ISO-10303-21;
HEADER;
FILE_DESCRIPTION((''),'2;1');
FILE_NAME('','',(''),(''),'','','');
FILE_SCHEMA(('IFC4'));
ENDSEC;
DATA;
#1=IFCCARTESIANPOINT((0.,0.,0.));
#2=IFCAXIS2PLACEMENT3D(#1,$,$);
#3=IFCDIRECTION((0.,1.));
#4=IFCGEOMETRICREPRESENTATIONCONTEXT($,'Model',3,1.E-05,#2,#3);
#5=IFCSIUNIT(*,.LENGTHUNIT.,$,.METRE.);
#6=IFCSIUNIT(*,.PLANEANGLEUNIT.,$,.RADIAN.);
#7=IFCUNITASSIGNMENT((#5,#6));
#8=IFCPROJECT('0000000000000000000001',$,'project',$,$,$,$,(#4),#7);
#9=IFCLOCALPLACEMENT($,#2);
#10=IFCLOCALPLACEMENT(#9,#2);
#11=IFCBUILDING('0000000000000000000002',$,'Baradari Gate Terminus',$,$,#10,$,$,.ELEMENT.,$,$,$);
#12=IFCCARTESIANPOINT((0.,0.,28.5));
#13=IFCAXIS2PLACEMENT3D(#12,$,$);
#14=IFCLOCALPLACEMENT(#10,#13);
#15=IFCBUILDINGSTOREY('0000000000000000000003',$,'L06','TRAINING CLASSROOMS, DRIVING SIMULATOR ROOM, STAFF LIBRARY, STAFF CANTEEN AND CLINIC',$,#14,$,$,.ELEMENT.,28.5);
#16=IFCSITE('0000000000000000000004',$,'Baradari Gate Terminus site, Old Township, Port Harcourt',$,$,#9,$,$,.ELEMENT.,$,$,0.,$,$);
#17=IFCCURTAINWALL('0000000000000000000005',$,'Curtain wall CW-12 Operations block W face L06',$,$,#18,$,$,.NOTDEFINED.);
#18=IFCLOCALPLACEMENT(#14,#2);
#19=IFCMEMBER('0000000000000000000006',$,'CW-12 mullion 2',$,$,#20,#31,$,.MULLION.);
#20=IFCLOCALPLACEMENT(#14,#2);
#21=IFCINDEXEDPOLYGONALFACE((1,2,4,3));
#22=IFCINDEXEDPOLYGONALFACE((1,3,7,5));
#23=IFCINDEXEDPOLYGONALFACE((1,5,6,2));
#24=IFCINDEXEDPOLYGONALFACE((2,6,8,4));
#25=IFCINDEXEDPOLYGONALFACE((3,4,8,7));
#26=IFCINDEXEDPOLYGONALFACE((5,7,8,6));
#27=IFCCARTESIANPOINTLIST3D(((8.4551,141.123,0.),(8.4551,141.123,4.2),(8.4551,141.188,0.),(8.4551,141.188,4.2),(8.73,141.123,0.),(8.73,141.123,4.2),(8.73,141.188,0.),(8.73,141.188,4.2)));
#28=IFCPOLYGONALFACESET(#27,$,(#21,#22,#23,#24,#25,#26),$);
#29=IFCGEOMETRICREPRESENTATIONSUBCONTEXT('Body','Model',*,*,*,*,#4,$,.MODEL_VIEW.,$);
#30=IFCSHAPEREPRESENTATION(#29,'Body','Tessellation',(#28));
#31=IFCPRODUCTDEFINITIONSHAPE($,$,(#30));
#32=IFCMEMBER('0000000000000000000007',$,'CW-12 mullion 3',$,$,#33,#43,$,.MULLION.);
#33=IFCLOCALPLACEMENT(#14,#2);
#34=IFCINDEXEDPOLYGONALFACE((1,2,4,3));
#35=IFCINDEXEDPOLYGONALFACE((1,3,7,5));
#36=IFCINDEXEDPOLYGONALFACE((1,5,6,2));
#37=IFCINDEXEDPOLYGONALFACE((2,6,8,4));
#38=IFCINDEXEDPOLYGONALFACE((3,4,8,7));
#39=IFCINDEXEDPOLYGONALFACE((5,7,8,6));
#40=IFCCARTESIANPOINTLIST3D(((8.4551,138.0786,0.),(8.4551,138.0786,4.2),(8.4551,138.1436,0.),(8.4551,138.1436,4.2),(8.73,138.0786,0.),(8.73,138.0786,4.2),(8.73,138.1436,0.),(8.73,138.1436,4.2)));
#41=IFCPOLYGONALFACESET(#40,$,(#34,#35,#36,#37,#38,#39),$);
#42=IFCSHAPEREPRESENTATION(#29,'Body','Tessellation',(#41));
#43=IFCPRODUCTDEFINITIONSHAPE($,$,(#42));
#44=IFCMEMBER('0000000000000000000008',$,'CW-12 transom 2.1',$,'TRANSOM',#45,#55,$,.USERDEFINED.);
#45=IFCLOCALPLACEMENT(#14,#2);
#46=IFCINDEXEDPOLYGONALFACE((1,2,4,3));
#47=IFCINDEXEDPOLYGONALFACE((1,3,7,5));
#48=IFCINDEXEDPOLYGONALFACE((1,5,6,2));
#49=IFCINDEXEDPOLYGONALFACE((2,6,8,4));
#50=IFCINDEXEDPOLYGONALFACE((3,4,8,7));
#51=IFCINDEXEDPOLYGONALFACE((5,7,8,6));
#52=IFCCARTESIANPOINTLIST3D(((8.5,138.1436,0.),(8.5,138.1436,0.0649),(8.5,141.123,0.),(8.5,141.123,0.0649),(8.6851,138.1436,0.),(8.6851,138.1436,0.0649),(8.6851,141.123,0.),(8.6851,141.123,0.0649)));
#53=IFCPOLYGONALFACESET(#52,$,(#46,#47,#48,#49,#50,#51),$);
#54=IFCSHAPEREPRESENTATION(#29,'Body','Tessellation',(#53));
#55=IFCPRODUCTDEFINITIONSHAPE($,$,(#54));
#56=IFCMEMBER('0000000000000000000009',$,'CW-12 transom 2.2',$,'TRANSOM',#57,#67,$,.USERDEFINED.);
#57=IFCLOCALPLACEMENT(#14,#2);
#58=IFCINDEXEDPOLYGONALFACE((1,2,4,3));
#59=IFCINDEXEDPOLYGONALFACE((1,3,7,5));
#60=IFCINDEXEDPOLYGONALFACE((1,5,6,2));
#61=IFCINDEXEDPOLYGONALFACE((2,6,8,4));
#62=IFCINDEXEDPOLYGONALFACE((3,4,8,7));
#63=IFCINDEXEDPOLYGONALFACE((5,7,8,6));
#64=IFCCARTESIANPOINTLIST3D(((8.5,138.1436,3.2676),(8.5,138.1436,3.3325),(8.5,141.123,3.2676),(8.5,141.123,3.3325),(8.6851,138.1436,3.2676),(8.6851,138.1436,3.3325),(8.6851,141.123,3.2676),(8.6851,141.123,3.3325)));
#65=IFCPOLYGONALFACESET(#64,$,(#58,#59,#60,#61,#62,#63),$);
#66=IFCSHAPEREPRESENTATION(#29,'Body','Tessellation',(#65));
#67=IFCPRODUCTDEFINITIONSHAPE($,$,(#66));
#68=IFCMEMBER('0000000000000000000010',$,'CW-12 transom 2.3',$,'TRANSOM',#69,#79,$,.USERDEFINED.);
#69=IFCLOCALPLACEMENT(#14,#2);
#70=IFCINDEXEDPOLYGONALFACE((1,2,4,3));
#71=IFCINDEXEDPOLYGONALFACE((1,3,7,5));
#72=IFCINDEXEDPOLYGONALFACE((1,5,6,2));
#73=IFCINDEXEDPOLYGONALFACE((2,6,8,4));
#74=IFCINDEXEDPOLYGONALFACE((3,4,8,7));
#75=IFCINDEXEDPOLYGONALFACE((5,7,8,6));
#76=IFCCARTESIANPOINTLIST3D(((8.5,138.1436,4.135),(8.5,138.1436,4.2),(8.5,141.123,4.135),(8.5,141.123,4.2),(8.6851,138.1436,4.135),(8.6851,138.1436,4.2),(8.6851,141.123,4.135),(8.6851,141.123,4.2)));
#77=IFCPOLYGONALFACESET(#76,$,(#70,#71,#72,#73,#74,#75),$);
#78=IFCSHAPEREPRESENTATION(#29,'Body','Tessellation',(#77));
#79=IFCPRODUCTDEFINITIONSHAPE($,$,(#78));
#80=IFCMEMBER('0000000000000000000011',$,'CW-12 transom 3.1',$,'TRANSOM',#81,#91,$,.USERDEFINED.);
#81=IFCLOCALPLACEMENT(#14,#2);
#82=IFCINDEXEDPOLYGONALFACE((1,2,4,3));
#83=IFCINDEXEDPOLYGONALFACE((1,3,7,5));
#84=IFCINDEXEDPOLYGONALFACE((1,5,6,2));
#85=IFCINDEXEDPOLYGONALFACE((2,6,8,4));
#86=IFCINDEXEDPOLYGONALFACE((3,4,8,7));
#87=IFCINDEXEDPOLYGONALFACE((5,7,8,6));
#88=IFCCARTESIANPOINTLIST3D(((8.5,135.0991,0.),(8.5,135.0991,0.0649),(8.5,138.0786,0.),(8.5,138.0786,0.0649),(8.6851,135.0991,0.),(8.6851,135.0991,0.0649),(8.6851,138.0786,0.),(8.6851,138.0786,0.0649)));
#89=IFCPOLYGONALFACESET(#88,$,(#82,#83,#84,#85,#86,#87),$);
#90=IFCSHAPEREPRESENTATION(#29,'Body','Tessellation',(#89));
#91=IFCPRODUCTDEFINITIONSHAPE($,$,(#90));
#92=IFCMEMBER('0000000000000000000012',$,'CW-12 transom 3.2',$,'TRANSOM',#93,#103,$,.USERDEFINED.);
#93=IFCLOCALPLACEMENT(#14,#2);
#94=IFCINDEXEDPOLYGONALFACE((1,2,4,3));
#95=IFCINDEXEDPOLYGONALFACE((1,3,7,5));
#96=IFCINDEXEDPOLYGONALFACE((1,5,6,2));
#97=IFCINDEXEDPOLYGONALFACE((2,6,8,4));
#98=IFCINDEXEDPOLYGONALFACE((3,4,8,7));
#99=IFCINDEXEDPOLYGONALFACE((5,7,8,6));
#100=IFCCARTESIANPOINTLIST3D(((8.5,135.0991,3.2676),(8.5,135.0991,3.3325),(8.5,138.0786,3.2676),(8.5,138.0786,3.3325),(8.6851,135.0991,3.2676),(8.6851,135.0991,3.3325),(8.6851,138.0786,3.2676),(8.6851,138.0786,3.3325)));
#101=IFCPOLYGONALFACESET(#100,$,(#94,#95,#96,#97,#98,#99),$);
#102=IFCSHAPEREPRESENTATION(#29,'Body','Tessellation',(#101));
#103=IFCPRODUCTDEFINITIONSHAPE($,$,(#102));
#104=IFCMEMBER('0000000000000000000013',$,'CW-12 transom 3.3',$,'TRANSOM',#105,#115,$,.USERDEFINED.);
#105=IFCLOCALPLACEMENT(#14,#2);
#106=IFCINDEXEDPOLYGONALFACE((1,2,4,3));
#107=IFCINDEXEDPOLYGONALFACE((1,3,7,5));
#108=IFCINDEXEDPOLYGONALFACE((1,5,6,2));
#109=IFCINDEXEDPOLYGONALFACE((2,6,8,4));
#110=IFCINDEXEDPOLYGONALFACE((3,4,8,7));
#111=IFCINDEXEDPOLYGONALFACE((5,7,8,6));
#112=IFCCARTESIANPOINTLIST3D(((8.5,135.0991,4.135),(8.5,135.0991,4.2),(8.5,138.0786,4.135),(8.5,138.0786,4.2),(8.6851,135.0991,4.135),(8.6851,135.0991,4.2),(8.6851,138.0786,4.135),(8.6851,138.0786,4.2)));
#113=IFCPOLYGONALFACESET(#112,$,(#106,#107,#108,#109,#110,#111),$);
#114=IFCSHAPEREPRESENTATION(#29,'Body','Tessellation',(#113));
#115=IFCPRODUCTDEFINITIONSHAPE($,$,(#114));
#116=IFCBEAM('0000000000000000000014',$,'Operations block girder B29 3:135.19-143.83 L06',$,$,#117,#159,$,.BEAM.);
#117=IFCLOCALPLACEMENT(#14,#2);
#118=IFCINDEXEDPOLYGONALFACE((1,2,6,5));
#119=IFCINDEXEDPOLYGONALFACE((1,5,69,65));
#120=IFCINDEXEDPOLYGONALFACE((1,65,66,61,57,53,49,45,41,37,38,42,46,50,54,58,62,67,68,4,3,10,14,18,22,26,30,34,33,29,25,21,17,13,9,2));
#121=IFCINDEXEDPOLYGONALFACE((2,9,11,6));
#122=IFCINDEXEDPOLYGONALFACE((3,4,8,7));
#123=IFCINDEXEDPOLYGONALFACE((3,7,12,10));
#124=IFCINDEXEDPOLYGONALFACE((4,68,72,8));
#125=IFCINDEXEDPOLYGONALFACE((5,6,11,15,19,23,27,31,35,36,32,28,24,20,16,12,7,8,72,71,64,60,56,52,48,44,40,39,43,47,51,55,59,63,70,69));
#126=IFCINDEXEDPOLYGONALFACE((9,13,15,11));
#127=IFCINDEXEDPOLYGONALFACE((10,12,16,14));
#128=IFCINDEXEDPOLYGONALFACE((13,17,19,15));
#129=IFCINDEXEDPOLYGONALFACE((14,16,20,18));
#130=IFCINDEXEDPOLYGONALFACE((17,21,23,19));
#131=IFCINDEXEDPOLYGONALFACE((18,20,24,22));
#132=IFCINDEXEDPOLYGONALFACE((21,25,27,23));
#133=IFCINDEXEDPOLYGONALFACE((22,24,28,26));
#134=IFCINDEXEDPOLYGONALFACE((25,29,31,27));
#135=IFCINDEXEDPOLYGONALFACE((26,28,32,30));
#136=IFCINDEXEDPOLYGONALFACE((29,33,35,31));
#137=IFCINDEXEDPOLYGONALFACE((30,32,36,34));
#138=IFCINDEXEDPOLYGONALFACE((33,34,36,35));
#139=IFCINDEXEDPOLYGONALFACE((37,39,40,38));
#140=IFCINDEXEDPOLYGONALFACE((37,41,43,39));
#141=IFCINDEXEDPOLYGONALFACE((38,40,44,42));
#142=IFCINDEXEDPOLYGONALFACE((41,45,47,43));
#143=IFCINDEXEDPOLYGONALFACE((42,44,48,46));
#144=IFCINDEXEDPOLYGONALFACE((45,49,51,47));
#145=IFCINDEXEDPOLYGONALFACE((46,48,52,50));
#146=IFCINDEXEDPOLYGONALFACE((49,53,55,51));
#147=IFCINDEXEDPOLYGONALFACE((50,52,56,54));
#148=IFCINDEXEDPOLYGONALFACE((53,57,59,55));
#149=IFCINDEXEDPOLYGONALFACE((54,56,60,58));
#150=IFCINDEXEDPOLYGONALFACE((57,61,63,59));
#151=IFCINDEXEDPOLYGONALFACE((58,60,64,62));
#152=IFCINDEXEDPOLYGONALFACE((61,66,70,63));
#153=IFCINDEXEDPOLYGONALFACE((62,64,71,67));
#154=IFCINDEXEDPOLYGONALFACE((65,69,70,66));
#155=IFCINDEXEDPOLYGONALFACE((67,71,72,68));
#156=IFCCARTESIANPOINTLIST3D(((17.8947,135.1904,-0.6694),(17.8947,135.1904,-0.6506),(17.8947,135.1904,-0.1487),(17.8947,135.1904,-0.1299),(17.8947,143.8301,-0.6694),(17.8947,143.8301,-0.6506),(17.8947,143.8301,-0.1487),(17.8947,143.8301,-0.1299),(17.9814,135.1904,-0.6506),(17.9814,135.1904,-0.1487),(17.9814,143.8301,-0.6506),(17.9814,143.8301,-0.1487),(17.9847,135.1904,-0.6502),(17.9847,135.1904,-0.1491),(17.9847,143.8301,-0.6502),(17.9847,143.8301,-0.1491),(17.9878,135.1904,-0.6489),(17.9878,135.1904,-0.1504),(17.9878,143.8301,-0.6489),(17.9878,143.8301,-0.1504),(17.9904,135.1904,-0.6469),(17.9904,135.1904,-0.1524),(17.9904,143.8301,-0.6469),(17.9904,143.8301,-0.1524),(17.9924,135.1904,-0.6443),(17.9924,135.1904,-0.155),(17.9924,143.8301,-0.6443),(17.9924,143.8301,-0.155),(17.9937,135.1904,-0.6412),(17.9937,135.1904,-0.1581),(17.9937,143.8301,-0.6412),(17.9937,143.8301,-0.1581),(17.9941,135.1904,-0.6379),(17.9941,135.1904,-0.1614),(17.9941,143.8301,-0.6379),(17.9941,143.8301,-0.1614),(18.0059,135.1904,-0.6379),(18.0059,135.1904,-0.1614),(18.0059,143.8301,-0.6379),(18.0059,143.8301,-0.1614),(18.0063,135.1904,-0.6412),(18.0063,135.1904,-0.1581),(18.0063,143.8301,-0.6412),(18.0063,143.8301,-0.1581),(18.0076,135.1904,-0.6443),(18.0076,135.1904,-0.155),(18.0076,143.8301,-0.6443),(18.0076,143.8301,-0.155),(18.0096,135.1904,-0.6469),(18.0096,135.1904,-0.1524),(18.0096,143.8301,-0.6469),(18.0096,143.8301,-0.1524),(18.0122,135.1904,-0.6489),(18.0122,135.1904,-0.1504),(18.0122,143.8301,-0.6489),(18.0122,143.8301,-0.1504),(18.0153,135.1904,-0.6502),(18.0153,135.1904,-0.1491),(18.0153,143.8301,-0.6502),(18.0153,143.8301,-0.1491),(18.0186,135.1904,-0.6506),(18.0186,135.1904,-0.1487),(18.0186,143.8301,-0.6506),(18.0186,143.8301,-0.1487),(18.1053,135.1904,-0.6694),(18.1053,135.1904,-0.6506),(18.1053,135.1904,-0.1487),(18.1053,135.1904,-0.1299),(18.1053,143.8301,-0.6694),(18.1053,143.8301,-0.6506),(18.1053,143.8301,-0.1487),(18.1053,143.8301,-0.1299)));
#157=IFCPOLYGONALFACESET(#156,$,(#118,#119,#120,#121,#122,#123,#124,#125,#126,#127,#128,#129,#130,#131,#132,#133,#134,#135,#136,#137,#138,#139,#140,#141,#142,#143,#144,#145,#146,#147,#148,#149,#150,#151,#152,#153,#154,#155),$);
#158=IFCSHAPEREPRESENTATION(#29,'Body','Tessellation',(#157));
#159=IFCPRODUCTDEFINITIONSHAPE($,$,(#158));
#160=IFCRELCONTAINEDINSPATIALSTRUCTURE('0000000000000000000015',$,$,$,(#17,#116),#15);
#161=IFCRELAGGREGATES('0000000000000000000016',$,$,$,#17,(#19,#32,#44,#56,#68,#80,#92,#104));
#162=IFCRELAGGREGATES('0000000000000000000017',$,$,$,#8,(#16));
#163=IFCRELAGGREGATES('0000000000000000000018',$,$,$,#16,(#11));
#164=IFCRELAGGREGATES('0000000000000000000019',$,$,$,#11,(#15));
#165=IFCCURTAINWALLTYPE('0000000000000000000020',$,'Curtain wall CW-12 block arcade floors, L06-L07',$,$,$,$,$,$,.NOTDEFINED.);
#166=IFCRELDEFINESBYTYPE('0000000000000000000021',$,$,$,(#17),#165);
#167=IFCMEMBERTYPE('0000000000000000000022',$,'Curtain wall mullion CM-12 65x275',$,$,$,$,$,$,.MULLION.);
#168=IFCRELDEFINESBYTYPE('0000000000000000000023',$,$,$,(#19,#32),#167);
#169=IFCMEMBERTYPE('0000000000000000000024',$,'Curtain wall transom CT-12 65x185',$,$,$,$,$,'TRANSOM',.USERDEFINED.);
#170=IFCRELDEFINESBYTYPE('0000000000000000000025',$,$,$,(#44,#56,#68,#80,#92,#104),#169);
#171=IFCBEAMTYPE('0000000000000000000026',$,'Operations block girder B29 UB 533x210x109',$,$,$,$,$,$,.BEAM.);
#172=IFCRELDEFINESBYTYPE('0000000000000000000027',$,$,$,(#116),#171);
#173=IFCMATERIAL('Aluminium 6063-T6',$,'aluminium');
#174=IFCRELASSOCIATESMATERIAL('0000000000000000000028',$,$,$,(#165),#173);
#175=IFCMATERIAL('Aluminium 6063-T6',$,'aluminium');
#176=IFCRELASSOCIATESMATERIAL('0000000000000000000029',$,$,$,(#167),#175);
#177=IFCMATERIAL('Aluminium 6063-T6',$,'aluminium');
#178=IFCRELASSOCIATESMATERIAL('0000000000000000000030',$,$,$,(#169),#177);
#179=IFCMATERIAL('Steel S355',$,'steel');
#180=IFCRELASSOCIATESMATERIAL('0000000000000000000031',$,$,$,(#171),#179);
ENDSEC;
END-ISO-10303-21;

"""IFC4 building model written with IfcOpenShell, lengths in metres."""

from ifc_helpers import new_model, si_unit, direction, frame, origin, origin_2d, place, context, subcontext, project, spatial, rectangle, i_section, extrude, material, material_profile, profile_set, type_object, element, aggregate, save


model = new_model("IFC4")

# Units and contexts
model_context = context("Model", 3, precision=1e-05, world=origin(), true_north=direction((0.0, 1.0)))
body_context = subcontext(model_context, "Body", "Model", "MODEL_VIEW")
ifc_project = project(units=[si_unit("LENGTHUNIT", "METRE"), si_unit("PLANEANGLEUNIT", "RADIAN")], contexts=[model_context])

# Site, building, storey
site_placement = place(None, origin())
site = spatial("IfcSite", under=ifc_project, at=site_placement, Name="Baradari Gate Terminus site, Old Township, Port Harcourt", CompositionType="ELEMENT", RefElevation=0.0)
building_placement = place(site_placement, origin())
building = spatial("IfcBuilding", under=site, at=building_placement, Name="Baradari Gate Terminus", CompositionType="ELEMENT")
storey_placement = place(building_placement, frame((0.0, 0.0, 28.5)))
storey = spatial("IfcBuildingStorey", under=building, at=storey_placement, Name="L06", Description="TRAINING CLASSROOMS, DRIVING SIMULATOR ROOM, STAFF LIBRARY, STAFF CANTEEN AND CLINIC", CompositionType="ELEMENT", Elevation=28.5)

# Curtain wall, members
ifc_material_1 = material(Name="Aluminium 6063-T6", Category="aluminium")
curtain_wall_type = type_object("IfcCurtainWallType", Name="Curtain wall CW-12 block arcade floors, L06-L07", PredefinedType="NOTDEFINED", material=ifc_material_1)
curtain_wall_placement = place(storey_placement, origin())
curtain_wall = element("IfcCurtainWall", 1, at=curtain_wall_placement, inside=storey, type_object=curtain_wall_type, Name="Curtain wall CW-12 Operations block W face L06", PredefinedType="NOTDEFINED")
ifc_material_2 = material(Name="Aluminium 6063-T6", Category="aluminium")
ifc_material_profile_1 = material_profile(ifc_material_2, rectangle(XDim=0.2749, YDim=0.0649, at=origin_2d()), Name="CM-12 65X275")
ifc_profile_set_1 = profile_set([ifc_material_profile_1], Name="Aluminium 6063-T6")
member_type_1 = type_object("IfcMemberType", Name="Curtain wall mullion CM-12 65x275", PredefinedType="MULLION", material=ifc_profile_set_1)
member_1_placement = place(storey_placement, frame((8.5925, 141.1555, 0.0), z_axis=(0.0, 0.0, 1.0), x_axis=(1.0, 0.0, 0.0)))
member_1 = element("IfcMember", 2, at=member_1_placement, type_object=member_type_1, Name="CW-12 mullion 2", PredefinedType="MULLION", context=body_context, shape_type="SweptSolid", body=[
    extrude(rectangle(XDim=0.2749, YDim=0.0649, at=origin_2d()), origin(), (0.0, 0.0, 1.0), 4.2),
])
member_2_placement = place(storey_placement, frame((8.5925, 138.1111, 0.0), z_axis=(0.0, 0.0, 1.0), x_axis=(1.0, 0.0, 0.0)))
member_2 = element("IfcMember", 3, at=member_2_placement, type_object=member_type_1, Name="CW-12 mullion 3", PredefinedType="MULLION", context=body_context, shape_type="SweptSolid", body=[
    extrude(rectangle(XDim=0.2749, YDim=0.0649, at=origin_2d()), origin(), (0.0, 0.0, 1.0), 4.2),
])
ifc_material_3 = material(Name="Aluminium 6063-T6", Category="aluminium")
ifc_material_profile_2 = material_profile(ifc_material_3, rectangle(XDim=0.1851, YDim=0.0649, at=origin_2d()), Name="CT-12 65X185")
ifc_profile_set_2 = profile_set([ifc_material_profile_2], Name="Aluminium 6063-T6")
member_type_2 = type_object("IfcMemberType", Name="Curtain wall transom CT-12 65x185", ElementType="TRANSOM", PredefinedType="USERDEFINED", material=ifc_profile_set_2)
member_3_placement = place(storey_placement, frame((8.5925, 141.123, 0.0325), z_axis=(0.0, -1.0, 0.0), x_axis=(1.0, 0.0, 0.0)))
member_3 = element("IfcMember", 4, at=member_3_placement, type_object=member_type_2, Name="CW-12 transom 2.1", ObjectType="TRANSOM", PredefinedType="USERDEFINED", context=body_context, shape_type="SweptSolid", body=[
    extrude(rectangle(XDim=0.1851, YDim=0.0649, at=origin_2d()), origin(), (0.0, 0.0, 1.0), 2.9795),
])
member_4_placement = place(storey_placement, frame((8.5925, 141.123, 3.3), z_axis=(0.0, -1.0, 0.0), x_axis=(1.0, 0.0, 0.0)))
member_4 = element("IfcMember", 5, at=member_4_placement, type_object=member_type_2, Name="CW-12 transom 2.2", ObjectType="TRANSOM", PredefinedType="USERDEFINED", context=body_context, shape_type="SweptSolid", body=[
    extrude(rectangle(XDim=0.1851, YDim=0.0649, at=origin_2d()), origin(), (0.0, 0.0, 1.0), 2.9795),
])
member_5_placement = place(storey_placement, frame((8.5925, 141.123, 4.1675), z_axis=(0.0, -1.0, 0.0), x_axis=(1.0, 0.0, 0.0)))
member_5 = element("IfcMember", 6, at=member_5_placement, type_object=member_type_2, Name="CW-12 transom 2.3", ObjectType="TRANSOM", PredefinedType="USERDEFINED", context=body_context, shape_type="SweptSolid", body=[
    extrude(rectangle(XDim=0.1851, YDim=0.0649, at=origin_2d()), origin(), (0.0, 0.0, 1.0), 2.9795),
])
member_6_placement = place(storey_placement, frame((8.5925, 138.0786, 0.0325), z_axis=(0.0, -1.0, 0.0), x_axis=(1.0, 0.0, 0.0)))
member_6 = element("IfcMember", 7, at=member_6_placement, type_object=member_type_2, Name="CW-12 transom 3.1", ObjectType="TRANSOM", PredefinedType="USERDEFINED", context=body_context, shape_type="SweptSolid", body=[
    extrude(rectangle(XDim=0.1851, YDim=0.0649, at=origin_2d()), origin(), (0.0, 0.0, 1.0), 2.9795),
])
member_7_placement = place(storey_placement, frame((8.5925, 138.0786, 3.3), z_axis=(0.0, -1.0, 0.0), x_axis=(1.0, 0.0, 0.0)))
member_7 = element("IfcMember", 8, at=member_7_placement, type_object=member_type_2, Name="CW-12 transom 3.2", ObjectType="TRANSOM", PredefinedType="USERDEFINED", context=body_context, shape_type="SweptSolid", body=[
    extrude(rectangle(XDim=0.1851, YDim=0.0649, at=origin_2d()), origin(), (0.0, 0.0, 1.0), 2.9795),
])
member_8_placement = place(storey_placement, frame((8.5925, 138.0786, 4.1675), z_axis=(0.0, -1.0, 0.0), x_axis=(1.0, 0.0, 0.0)))
member_8 = element("IfcMember", 9, at=member_8_placement, type_object=member_type_2, Name="CW-12 transom 3.3", ObjectType="TRANSOM", PredefinedType="USERDEFINED", context=body_context, shape_type="SweptSolid", body=[
    extrude(rectangle(XDim=0.1851, YDim=0.0649, at=origin_2d()), origin(), (0.0, 0.0, 1.0), 2.9795),
])

# Beam
ifc_material_4 = material(Name="Steel S355", Category="steel")
ifc_material_profile_3 = material_profile(ifc_material_4, i_section(OverallWidth=0.2107, OverallDepth=0.5396, WebThickness=0.0117, FlangeThickness=0.0188, FilletRadius=0.0127, at=origin_2d()), Name="UB 533x210x109")
ifc_profile_set_3 = profile_set([ifc_material_profile_3], Name="Steel S355")
beam_type_1 = type_object("IfcBeamType", Name="Operations block girder B29 UB 533x210x109", PredefinedType="BEAM", material=ifc_profile_set_3)
beam_1_placement = place(storey_placement, frame((18.0, 135.1904, -0.3997), z_axis=(0.0, 1.0, 0.0), x_axis=(-1.0, 0.0, 0.0)))
element("IfcBeam", 10, at=beam_1_placement, inside=storey, type_object=beam_type_1, Name="Operations block girder B29 3:135.19-143.83 L06", PredefinedType="BEAM", context=body_context, shape_type="SweptSolid", body=[
    extrude(i_section(OverallWidth=0.2107, OverallDepth=0.5396, WebThickness=0.0117, FlangeThickness=0.0188, FilletRadius=0.0127, at=origin_2d()), origin(), (0.0, 0.0, 1.0), 8.6396),
])

aggregate(curtain_wall, [member_1, member_2, member_3, member_4, member_5, member_6, member_7, member_8])

save(model, "model.ifc")
